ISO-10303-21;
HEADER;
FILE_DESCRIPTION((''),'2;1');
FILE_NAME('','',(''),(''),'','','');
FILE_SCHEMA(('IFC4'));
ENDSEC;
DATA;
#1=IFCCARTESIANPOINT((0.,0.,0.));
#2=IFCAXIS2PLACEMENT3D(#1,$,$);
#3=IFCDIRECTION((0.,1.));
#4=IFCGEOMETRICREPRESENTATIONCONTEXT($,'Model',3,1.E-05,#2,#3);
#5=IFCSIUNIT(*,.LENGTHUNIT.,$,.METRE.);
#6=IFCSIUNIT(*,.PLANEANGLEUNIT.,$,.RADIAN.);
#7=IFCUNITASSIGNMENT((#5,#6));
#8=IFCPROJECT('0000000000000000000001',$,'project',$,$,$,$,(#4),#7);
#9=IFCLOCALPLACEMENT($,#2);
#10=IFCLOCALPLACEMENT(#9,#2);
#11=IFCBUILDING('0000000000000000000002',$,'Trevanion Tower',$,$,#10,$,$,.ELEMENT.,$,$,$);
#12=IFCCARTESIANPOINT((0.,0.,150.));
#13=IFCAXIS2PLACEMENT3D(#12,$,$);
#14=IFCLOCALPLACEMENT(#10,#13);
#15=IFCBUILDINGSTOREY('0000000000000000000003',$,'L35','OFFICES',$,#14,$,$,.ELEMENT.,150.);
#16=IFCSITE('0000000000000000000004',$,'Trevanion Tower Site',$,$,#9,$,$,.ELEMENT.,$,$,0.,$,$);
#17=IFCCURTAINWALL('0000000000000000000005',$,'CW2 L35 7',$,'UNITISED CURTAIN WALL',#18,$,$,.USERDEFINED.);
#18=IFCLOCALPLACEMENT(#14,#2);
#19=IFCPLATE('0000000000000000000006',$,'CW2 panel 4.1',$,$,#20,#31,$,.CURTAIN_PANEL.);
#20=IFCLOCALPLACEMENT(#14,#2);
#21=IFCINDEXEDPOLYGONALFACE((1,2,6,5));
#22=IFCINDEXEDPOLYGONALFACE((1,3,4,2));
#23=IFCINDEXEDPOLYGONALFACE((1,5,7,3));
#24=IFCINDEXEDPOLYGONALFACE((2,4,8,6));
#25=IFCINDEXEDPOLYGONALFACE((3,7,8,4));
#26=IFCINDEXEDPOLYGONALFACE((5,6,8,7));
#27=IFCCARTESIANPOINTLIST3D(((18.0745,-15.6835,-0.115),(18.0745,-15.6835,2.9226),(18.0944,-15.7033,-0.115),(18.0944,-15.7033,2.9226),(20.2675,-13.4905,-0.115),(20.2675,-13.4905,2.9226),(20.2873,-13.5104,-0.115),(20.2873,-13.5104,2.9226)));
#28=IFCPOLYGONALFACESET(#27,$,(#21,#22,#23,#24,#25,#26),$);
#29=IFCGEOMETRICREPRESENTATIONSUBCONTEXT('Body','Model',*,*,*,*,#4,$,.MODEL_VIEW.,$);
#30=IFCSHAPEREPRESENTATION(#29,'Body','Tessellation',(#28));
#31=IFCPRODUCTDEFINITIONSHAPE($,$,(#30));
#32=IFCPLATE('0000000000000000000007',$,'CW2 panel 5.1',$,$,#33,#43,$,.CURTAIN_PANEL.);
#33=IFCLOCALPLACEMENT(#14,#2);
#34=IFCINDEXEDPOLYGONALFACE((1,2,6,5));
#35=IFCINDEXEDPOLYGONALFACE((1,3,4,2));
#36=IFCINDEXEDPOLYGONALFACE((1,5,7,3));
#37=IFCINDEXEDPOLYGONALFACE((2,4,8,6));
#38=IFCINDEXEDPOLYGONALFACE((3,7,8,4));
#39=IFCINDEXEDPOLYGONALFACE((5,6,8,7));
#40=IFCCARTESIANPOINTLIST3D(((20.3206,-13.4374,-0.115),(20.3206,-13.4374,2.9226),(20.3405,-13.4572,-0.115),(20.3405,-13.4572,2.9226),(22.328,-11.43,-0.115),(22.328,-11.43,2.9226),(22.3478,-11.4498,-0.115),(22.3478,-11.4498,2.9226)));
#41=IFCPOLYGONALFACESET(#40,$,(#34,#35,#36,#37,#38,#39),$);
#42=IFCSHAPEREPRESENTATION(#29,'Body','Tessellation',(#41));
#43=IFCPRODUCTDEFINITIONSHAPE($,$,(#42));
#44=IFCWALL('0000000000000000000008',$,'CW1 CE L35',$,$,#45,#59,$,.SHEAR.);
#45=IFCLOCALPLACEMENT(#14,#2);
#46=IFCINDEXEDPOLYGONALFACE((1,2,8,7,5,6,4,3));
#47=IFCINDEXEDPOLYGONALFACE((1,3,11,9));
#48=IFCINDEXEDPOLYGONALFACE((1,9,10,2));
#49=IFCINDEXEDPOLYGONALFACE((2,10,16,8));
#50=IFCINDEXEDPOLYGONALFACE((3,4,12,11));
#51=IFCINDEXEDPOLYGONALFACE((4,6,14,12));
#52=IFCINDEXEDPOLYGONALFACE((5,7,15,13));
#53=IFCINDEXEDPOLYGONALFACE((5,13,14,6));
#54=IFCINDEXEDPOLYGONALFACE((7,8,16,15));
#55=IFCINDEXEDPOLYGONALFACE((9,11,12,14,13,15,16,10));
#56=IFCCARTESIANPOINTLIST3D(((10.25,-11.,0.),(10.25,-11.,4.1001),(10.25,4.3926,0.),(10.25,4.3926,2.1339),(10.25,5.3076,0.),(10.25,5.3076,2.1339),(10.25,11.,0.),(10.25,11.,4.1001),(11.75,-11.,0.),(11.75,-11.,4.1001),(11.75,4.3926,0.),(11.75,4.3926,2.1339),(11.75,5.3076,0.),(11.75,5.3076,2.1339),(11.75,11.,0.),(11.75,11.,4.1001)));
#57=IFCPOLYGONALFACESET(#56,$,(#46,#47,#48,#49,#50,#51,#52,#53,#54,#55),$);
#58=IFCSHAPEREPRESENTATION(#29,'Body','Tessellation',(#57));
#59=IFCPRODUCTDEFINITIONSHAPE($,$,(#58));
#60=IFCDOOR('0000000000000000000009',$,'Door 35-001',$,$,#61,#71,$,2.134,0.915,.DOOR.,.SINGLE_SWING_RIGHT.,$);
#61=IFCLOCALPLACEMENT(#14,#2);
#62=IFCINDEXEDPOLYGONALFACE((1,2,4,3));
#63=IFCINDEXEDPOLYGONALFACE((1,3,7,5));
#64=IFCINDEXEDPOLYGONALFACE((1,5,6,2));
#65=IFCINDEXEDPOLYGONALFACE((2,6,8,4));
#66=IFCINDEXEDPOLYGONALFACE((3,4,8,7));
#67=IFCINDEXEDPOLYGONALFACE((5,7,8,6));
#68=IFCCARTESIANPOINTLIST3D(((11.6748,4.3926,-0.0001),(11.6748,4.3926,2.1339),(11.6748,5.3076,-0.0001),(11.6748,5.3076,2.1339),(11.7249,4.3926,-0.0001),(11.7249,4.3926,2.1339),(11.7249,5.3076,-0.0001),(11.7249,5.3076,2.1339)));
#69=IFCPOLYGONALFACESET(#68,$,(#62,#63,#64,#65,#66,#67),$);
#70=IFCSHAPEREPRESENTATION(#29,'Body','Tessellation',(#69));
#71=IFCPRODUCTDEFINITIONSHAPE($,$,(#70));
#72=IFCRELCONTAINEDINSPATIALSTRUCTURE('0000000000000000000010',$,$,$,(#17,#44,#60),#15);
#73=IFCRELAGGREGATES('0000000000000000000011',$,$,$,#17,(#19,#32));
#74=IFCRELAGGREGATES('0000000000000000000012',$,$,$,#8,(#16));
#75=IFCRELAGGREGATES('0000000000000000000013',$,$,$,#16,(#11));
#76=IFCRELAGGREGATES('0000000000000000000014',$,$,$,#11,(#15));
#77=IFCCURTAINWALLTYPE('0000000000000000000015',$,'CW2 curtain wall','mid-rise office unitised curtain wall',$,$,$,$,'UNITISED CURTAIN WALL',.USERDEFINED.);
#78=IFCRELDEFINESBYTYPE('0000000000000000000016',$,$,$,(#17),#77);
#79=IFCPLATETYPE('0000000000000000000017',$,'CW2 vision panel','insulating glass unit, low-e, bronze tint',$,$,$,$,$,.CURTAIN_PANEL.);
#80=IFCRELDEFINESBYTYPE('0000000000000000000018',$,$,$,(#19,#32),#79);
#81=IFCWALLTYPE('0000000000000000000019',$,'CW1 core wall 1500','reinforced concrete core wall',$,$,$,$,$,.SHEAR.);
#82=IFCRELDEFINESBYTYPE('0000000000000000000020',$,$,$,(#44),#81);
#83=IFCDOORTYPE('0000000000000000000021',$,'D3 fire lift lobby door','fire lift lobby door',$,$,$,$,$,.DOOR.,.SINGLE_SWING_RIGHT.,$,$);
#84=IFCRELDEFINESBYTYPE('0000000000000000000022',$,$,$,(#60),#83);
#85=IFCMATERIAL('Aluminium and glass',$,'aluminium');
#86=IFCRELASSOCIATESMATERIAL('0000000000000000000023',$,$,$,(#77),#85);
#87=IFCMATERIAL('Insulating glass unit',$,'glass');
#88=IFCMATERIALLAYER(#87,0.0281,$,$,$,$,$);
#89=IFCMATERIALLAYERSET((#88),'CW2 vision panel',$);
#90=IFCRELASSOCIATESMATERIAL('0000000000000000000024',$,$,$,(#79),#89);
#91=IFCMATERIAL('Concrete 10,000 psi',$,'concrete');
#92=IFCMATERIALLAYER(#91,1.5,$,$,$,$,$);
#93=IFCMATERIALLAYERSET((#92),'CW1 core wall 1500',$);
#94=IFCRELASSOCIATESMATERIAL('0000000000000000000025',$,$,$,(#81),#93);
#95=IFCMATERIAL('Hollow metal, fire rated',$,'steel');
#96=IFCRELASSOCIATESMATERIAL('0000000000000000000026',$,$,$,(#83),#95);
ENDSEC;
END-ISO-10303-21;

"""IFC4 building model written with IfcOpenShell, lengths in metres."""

from ifc_helpers import new_model, si_unit, direction, frame, frame_2d, origin, origin_2d, place, context, subcontext, project, spatial, rectangle, extrude, material, layer, layer_set, type_object, element, fill, aggregate, save


model = new_model("IFC4")

# Units and contexts
model_context = context("Model", 3, precision=1e-05, world=origin(), true_north=direction((0.0, 1.0)))
body_context = subcontext(model_context, "Body", "Model", "MODEL_VIEW")
ifc_project = project(units=[si_unit("LENGTHUNIT", "METRE"), si_unit("PLANEANGLEUNIT", "RADIAN")], contexts=[model_context])

# Site, building, storey
site_placement = place(None, origin())
site = spatial("IfcSite", under=ifc_project, at=site_placement, Name="Trevanion Tower Site", CompositionType="ELEMENT", RefElevation=0.0)
building_placement = place(site_placement, origin())
building = spatial("IfcBuilding", under=site, at=building_placement, Name="Trevanion Tower", CompositionType="ELEMENT")
storey_placement = place(building_placement, frame((0.0, 0.0, 150.0)))
storey = spatial("IfcBuildingStorey", under=building, at=storey_placement, Name="L35", Description="OFFICES", CompositionType="ELEMENT", Elevation=150.0)

# Curtain wall
ifc_material_1 = material(Name="Aluminium and glass", Category="aluminium")
curtain_wall_type = type_object("IfcCurtainWallType", Name="CW2 curtain wall", Description="mid-rise office unitised curtain wall", ElementType="UNITISED CURTAIN WALL", PredefinedType="USERDEFINED", material=ifc_material_1)
curtain_wall_1_placement = place(storey_placement, origin())
curtain_wall_1 = element("IfcCurtainWall", 1, at=curtain_wall_1_placement, inside=storey, type_object=curtain_wall_type, Name="CW2 L35 7", ObjectType="UNITISED CURTAIN WALL", PredefinedType="USERDEFINED")

# Plates
ifc_material_2 = material(Name="Insulating glass unit", Category="glass")
ifc_layer_1 = layer(ifc_material_2, 0.0281)
ifc_layer_set_1 = layer_set([ifc_layer_1], Name="CW2 vision panel")
plate_type_1 = type_object("IfcPlateType", Name="CW2 vision panel", Description="insulating glass unit, low-e, bronze tint", PredefinedType="CURTAIN_PANEL", material=ifc_layer_set_1)
plate_1_placement = place(storey_placement, frame((19.1809, -14.5969, -0.115), z_axis=(0.0, 0.0, 1.0), x_axis=(0.707107, 0.707107, 0.0)))
plate_1 = element("IfcPlate", 2, at=plate_1_placement, type_object=plate_type_1, Name="CW2 panel 4.1", PredefinedType="CURTAIN_PANEL", context=body_context, shape_type="SweptSolid", body=[
    extrude(rectangle(XDim=3.1013, YDim=0.0281, at=origin_2d()), origin(), (0.0, 0.0, 1.0), 3.0376),
])
plate_2_placement = place(storey_placement, frame((21.3342, -12.4436, -0.115), z_axis=(0.0, 0.0, 1.0), x_axis=(0.707107, 0.707107, 0.0)))
plate_2 = element("IfcPlate", 3, at=plate_2_placement, type_object=plate_type_1, Name="CW2 panel 5.1", PredefinedType="CURTAIN_PANEL", context=body_context, shape_type="SweptSolid", body=[
    extrude(rectangle(XDim=2.8389, YDim=0.0281, at=origin_2d()), origin(), (0.0, 0.0, 1.0), 3.0376),
])
aggregate(curtain_wall_1, [plate_1, plate_2])

# Wall, opening, door
ifc_material_3 = material(Name="Concrete 10,000 psi", Category="concrete")
ifc_layer_2 = layer(ifc_material_3, 1.5)
ifc_layer_set_2 = layer_set([ifc_layer_2], Name="CW1 core wall 1500")
wall_type = type_object("IfcWallType", Name="CW1 core wall 1500", Description="reinforced concrete core wall", PredefinedType="SHEAR", material=ifc_layer_set_2)
wall_placement = place(storey_placement, frame((11.0, -11.0, 0.0), z_axis=(0.0, 0.0, 1.0), x_axis=(0.0, 1.0, 0.0)))
wall = element("IfcWall", 4, at=wall_placement, inside=storey, type_object=wall_type, Name="CW1 CE L35", PredefinedType="SHEAR", context=body_context, shape_type="SweptSolid", body=[
    extrude(rectangle(XDim=22.0, YDim=1.5, at=frame_2d((11.0, 0.0))), origin(), (0.0, 0.0, 1.0), 4.1001),
])
opening_placement = place(wall_placement, frame((15.3926, 0.0, 0.0)))
opening = element("IfcOpeningElement", 5, at=opening_placement, cuts=wall, PredefinedType="OPENING", context=body_context, shape_type="SweptSolid", body=[
    extrude(rectangle(XDim=0.915, YDim=2.134, at=frame_2d((0.4575, 1.0669))), frame((0.0, 0.76, 0.0), z_axis=(0.0, -1.0, 0.0), x_axis=(1.0, 0.0, 0.0)), (0.0, 0.0, 1.0), 1.52),
])
ifc_material_4 = material(Name="Hollow metal, fire rated", Category="steel")
door_type = type_object("IfcDoorType", Name="D3 fire lift lobby door", Description="fire lift lobby door", OperationType="SINGLE_SWING_RIGHT", PredefinedType="DOOR", material=ifc_material_4)
door_placement = place(opening_placement, origin())
door = element("IfcDoor", 6, at=door_placement, inside=storey, type_object=door_type, Name="Door 35-001", OperationType="SINGLE_SWING_RIGHT", OverallHeight=2.134, OverallWidth=0.915, PredefinedType="DOOR", context=body_context, shape_type="SweptSolid", body=[
    extrude(rectangle(XDim=0.915, YDim=2.134, at=frame_2d((0.4575, 1.0669))), frame((0.0, -0.6748, 0.0), z_axis=(0.0, -1.0, 0.0), x_axis=(1.0, 0.0, 0.0)), (0.0, 0.0, 1.0), 0.05),
])
fill(opening, door)

save(model, "model.ifc")
